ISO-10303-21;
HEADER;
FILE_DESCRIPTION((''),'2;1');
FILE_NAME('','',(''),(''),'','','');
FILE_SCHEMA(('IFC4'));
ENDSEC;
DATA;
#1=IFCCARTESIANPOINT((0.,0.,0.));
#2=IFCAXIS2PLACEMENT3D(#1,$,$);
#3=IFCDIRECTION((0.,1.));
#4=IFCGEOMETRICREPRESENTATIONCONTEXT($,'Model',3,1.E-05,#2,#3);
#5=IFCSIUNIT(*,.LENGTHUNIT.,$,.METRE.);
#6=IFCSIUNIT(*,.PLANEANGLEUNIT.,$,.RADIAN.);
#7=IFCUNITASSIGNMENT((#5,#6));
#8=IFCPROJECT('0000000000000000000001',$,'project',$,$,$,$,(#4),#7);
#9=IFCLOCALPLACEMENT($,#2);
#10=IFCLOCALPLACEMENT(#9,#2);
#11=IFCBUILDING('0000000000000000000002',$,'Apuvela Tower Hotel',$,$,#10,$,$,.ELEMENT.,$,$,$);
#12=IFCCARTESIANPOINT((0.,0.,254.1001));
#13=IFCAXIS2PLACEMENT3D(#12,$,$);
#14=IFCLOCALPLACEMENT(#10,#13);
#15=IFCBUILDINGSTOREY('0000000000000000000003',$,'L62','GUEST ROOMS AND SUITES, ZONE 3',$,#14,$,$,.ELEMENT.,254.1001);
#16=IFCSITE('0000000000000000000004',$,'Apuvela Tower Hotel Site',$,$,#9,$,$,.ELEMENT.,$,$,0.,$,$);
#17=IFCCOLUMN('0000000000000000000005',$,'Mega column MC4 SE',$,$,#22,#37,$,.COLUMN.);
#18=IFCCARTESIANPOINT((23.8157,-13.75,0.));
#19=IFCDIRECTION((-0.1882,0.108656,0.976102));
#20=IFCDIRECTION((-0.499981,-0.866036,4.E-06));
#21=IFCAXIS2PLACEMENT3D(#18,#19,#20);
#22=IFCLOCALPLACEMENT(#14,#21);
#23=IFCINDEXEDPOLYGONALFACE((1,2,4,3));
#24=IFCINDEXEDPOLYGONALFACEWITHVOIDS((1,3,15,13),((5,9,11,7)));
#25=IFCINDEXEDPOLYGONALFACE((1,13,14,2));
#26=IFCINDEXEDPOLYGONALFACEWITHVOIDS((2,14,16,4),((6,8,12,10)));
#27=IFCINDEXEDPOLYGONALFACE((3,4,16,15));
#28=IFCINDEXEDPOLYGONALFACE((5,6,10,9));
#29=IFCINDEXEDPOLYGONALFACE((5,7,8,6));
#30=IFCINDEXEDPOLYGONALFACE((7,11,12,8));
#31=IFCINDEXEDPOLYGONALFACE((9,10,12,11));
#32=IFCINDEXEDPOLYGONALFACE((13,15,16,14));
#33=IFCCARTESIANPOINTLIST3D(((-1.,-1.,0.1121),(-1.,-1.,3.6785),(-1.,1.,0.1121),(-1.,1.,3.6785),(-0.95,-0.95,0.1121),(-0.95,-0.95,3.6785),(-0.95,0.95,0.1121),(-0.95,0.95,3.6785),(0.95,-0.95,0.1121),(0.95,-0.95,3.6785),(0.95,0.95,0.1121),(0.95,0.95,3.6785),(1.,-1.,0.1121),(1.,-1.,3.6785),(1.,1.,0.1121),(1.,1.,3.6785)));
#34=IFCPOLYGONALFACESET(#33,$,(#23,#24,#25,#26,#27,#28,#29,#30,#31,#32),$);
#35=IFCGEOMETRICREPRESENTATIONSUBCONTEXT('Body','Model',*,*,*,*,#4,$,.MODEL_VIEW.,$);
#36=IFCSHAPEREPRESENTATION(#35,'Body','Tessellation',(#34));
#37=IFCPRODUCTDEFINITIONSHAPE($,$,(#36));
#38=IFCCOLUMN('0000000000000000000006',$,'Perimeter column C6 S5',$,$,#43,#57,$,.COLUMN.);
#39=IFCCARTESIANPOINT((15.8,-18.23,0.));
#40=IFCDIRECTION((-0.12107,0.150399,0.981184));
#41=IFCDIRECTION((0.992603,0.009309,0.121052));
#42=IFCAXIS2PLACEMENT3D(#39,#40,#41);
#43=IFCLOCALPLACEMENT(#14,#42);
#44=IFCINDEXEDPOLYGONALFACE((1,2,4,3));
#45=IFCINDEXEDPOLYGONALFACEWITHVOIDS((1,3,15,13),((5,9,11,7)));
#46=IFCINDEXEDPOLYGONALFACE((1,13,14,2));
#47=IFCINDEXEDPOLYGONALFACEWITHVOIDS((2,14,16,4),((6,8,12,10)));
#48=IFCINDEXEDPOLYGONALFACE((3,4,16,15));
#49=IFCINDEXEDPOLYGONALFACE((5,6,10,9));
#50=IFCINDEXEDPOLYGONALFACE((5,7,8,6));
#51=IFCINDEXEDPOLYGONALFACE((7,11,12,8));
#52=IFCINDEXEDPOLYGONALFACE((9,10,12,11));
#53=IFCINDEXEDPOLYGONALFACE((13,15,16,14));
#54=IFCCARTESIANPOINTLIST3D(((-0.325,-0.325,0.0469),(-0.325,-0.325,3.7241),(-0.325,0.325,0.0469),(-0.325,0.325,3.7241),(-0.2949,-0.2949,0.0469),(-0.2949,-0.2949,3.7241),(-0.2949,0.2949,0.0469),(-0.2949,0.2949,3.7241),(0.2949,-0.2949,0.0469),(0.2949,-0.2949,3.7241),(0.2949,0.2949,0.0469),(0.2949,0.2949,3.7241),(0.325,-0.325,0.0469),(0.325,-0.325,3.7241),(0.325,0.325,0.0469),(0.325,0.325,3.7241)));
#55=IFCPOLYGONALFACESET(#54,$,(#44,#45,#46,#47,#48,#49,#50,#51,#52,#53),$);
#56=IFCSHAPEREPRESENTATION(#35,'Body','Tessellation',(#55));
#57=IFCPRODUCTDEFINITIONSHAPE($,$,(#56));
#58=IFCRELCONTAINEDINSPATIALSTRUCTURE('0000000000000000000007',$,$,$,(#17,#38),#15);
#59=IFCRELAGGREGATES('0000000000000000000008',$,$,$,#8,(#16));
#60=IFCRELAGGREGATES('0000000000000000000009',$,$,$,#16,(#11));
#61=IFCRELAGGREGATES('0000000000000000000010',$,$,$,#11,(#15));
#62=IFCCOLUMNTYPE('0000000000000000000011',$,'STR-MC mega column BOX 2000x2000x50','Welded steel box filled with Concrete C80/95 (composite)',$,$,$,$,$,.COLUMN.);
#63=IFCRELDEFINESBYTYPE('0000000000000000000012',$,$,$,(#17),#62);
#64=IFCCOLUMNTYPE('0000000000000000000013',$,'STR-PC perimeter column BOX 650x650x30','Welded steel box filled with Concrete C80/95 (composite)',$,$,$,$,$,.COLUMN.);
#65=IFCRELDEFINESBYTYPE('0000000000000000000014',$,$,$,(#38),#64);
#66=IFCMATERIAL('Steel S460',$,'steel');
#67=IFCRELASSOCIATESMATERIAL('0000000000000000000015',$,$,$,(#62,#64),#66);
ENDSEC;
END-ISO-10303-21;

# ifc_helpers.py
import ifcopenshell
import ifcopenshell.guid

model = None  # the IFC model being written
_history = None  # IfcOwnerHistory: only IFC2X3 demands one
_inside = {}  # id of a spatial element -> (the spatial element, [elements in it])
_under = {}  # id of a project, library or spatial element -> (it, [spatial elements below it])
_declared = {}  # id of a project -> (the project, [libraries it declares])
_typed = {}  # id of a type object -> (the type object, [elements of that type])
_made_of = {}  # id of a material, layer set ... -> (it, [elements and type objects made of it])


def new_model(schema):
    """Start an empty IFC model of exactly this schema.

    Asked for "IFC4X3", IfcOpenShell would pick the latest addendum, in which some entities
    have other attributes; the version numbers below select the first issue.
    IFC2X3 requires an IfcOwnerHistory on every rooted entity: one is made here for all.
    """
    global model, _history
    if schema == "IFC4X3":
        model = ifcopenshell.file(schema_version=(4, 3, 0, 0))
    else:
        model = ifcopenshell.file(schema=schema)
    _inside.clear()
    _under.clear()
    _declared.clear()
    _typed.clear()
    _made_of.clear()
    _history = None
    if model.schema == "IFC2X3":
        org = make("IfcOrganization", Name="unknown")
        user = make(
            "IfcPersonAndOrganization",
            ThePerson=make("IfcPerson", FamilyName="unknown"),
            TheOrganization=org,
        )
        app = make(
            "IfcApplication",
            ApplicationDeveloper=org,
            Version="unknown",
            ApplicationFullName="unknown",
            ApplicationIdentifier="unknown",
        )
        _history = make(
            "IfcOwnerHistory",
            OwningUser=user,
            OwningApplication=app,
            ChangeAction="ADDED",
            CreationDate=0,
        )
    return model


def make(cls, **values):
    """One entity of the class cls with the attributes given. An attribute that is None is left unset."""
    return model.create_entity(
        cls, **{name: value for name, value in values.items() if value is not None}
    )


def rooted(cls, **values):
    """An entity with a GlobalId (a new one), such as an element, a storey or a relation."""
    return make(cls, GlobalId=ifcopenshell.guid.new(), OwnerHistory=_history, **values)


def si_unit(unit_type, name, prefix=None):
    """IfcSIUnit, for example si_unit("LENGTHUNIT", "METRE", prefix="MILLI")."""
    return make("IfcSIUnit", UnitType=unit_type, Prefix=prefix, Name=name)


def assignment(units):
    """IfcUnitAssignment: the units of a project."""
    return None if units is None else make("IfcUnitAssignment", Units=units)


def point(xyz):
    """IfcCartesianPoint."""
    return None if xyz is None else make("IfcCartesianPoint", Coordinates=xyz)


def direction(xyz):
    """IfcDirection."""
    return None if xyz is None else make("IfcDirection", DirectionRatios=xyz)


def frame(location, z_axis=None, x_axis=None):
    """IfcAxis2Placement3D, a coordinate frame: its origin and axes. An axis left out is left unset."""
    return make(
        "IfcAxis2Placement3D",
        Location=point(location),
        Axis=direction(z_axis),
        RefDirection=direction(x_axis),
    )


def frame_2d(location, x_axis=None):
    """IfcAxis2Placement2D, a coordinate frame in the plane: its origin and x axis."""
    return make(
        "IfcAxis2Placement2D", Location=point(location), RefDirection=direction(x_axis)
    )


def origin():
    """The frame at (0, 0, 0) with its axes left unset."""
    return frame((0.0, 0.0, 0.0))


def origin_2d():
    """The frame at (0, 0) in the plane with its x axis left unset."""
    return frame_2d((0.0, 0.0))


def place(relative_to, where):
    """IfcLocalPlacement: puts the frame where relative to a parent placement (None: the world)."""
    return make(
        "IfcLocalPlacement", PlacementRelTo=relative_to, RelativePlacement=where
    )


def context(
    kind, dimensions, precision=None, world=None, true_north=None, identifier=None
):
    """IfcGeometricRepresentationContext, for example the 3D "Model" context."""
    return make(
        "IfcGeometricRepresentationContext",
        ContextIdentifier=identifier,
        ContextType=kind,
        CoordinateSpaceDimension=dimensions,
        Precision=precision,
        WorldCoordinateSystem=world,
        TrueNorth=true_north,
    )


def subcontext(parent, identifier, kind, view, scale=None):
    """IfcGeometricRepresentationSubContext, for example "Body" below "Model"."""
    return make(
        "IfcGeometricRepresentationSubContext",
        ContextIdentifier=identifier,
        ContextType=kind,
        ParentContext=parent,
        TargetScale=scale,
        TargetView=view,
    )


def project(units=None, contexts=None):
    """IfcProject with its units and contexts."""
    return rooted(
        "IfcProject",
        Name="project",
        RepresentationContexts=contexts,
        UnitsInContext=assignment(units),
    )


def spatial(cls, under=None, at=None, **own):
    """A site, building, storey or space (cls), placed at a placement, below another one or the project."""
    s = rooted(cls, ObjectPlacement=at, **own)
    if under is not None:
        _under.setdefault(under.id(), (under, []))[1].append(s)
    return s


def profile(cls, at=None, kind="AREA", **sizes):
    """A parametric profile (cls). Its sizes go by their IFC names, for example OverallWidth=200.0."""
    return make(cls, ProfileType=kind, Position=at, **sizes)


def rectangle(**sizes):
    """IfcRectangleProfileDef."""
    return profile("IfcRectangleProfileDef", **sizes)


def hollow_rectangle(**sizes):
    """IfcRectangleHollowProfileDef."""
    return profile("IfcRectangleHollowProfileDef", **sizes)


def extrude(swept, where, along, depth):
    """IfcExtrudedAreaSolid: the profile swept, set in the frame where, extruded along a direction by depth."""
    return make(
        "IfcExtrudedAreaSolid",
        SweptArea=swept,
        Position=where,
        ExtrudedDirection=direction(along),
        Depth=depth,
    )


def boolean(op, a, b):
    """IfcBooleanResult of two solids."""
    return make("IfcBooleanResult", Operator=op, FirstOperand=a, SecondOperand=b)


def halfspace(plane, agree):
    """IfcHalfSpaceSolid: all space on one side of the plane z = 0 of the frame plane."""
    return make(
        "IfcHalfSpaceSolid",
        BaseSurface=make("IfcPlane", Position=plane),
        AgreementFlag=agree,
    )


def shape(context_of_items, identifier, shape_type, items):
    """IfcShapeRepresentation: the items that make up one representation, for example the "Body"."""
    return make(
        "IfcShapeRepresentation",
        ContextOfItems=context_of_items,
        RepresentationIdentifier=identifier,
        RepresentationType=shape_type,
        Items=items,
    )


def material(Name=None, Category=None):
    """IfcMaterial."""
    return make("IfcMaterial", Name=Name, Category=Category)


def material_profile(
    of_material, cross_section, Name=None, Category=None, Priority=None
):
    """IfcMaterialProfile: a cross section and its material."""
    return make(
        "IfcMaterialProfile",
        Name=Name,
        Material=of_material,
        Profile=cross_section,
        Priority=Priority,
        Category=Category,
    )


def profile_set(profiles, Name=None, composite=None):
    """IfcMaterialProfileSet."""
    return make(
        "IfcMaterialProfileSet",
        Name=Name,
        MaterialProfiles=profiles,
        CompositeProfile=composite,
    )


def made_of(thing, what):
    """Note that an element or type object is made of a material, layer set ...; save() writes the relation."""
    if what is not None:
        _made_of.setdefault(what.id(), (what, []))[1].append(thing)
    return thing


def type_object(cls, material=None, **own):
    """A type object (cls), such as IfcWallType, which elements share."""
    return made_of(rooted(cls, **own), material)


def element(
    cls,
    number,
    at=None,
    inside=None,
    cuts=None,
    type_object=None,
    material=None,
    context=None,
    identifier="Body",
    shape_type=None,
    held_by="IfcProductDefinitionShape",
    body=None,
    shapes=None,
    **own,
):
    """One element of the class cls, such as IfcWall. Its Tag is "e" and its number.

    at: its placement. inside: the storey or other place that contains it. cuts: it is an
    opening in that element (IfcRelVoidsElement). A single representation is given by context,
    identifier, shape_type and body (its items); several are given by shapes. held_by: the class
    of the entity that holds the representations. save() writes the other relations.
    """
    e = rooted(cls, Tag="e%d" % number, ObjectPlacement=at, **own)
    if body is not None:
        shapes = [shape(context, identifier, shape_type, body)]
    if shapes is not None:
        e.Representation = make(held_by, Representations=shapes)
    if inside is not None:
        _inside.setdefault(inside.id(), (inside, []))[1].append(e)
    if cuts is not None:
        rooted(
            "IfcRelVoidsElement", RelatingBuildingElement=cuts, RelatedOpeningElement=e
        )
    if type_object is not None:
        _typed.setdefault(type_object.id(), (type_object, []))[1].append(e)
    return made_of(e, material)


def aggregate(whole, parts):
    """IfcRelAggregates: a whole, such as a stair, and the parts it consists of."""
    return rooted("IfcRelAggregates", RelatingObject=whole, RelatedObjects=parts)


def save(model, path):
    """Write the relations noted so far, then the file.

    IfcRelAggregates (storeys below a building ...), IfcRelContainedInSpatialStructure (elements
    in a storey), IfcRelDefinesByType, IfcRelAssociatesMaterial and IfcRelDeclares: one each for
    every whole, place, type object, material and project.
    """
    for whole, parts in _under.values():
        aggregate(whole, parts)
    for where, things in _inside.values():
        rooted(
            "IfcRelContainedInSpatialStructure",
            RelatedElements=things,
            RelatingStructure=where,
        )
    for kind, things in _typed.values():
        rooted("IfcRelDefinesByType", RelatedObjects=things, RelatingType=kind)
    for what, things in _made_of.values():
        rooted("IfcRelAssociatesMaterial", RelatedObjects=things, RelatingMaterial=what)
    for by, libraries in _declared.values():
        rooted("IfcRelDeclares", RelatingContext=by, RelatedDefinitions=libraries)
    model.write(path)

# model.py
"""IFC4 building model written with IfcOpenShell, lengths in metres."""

from ifc_helpers import new_model, si_unit, direction, frame, origin, origin_2d, place, context, subcontext, project, spatial, rectangle, hollow_rectangle, extrude, boolean, halfspace, material, material_profile, profile_set, type_object, element, save


model = new_model("IFC4")

# Units and contexts
model_context = context("Model", 3, precision=1e-05, world=origin(), true_north=direction((0.0, 1.0)))
body_context = subcontext(model_context, "Body", "Model", "MODEL_VIEW")
ifc_project = project(units=[si_unit("LENGTHUNIT", "METRE"), si_unit("PLANEANGLEUNIT", "RADIAN")], contexts=[model_context])

# Site, building, storey
site_placement = place(None, origin())
site = spatial("IfcSite", under=ifc_project, at=site_placement, Name="Apuvela Tower Hotel Site", CompositionType="ELEMENT", RefElevation=0.0)
building_placement = place(site_placement, origin())
building = spatial("IfcBuilding", under=site, at=building_placement, Name="Apuvela Tower Hotel", CompositionType="ELEMENT")
storey_placement = place(building_placement, frame((0.0, 0.0, 254.1001)))
storey = spatial("IfcBuildingStorey", under=building, at=storey_placement, Name="L62", Description="GUEST ROOMS AND SUITES, ZONE 3", CompositionType="ELEMENT", Elevation=254.1001)

# Columns
ifc_material_1 = material(Name="Steel S460", Category="steel")
ifc_material_profile_1 = material_profile(ifc_material_1, hollow_rectangle(XDim=2.0, YDim=2.0, WallThickness=0.05, at=origin_2d()), Name="BOX 2000x2000x50")
ifc_material_2 = material(Name="Concrete C80/95", Category="concrete")
ifc_material_profile_2 = material_profile(ifc_material_2, rectangle(XDim=1.8999, YDim=1.8999, at=origin_2d()), Name="Concrete C80/95 infill")
ifc_profile_set_1 = profile_set([ifc_material_profile_1, ifc_material_profile_2], Name="Steel S460")
column_type_1 = type_object("IfcColumnType", Name="STR-MC mega column BOX 2000x2000x50", Description="Welded steel box filled with Concrete C80/95 (composite)", PredefinedType="COLUMN", material=ifc_profile_set_1)
column_1_placement = place(storey_placement, frame((23.8157, -13.75, 0.0), z_axis=(-0.1882, 0.108656, 0.976102), x_axis=(-0.499981, -0.866036, 0.000004)))
element("IfcColumn", 1, at=column_1_placement, inside=storey, type_object=column_type_1, Name="Mega column MC4 SE", PredefinedType="COLUMN", context=body_context, shape_type="SweptSolid", body=[
    boolean("DIFFERENCE", boolean("DIFFERENCE", extrude(hollow_rectangle(XDim=2.0, YDim=2.0, WallThickness=0.05, at=origin_2d()), origin(), (0.0, 0.0, 1.0), 3.7905), halfspace(frame((0.0, 0.0, 0.1121), z_axis=(0.0, 0.0, 1.0), x_axis=(1.0, 0.0, 0.0)), True)), halfspace(frame((0.0, 0.0, 3.6785), z_axis=(0.0, 0.0, 1.0), x_axis=(1.0, 0.0, 0.0)), False)),
])
ifc_material_profile_3 = material_profile(ifc_material_1, hollow_rectangle(XDim=0.6499, YDim=0.6499, WallThickness=0.03, at=origin_2d()), Name="BOX 650x650x30")
ifc_material_profile_4 = material_profile(ifc_material_2, rectangle(XDim=0.5901, YDim=0.5901, at=origin_2d()), Name="Concrete C80/95 infill")
ifc_profile_set_2 = profile_set([ifc_material_profile_3, ifc_material_profile_4], Name="Steel S460")
column_type_2 = type_object("IfcColumnType", Name="STR-PC perimeter column BOX 650x650x30", Description="Welded steel box filled with Concrete C80/95 (composite)", PredefinedType="COLUMN", material=ifc_profile_set_2)
column_2_placement = place(storey_placement, frame((15.8, -18.23, 0.0), z_axis=(-0.12107, 0.150399, 0.981184), x_axis=(0.992603, 0.009309, 0.121052)))
element("IfcColumn", 2, at=column_2_placement, inside=storey, type_object=column_type_2, Name="Perimeter column C6 S5", PredefinedType="COLUMN", context=body_context, shape_type="SweptSolid", body=[
    boolean("DIFFERENCE", boolean("DIFFERENCE", extrude(hollow_rectangle(XDim=0.6499, YDim=0.6499, WallThickness=0.03, at=origin_2d()), origin(), (0.0, 0.0, 1.0), 3.771), halfspace(frame((0.0, 0.0, 0.0469), z_axis=(0.0, 0.0, 1.0), x_axis=(1.0, 0.0, 0.0)), True)), halfspace(frame((0.0, 0.0, 3.7241), z_axis=(0.0, 0.0, 1.0), x_axis=(1.0, 0.0, 0.0)), False)),
])

save(model, "model.ifc")
